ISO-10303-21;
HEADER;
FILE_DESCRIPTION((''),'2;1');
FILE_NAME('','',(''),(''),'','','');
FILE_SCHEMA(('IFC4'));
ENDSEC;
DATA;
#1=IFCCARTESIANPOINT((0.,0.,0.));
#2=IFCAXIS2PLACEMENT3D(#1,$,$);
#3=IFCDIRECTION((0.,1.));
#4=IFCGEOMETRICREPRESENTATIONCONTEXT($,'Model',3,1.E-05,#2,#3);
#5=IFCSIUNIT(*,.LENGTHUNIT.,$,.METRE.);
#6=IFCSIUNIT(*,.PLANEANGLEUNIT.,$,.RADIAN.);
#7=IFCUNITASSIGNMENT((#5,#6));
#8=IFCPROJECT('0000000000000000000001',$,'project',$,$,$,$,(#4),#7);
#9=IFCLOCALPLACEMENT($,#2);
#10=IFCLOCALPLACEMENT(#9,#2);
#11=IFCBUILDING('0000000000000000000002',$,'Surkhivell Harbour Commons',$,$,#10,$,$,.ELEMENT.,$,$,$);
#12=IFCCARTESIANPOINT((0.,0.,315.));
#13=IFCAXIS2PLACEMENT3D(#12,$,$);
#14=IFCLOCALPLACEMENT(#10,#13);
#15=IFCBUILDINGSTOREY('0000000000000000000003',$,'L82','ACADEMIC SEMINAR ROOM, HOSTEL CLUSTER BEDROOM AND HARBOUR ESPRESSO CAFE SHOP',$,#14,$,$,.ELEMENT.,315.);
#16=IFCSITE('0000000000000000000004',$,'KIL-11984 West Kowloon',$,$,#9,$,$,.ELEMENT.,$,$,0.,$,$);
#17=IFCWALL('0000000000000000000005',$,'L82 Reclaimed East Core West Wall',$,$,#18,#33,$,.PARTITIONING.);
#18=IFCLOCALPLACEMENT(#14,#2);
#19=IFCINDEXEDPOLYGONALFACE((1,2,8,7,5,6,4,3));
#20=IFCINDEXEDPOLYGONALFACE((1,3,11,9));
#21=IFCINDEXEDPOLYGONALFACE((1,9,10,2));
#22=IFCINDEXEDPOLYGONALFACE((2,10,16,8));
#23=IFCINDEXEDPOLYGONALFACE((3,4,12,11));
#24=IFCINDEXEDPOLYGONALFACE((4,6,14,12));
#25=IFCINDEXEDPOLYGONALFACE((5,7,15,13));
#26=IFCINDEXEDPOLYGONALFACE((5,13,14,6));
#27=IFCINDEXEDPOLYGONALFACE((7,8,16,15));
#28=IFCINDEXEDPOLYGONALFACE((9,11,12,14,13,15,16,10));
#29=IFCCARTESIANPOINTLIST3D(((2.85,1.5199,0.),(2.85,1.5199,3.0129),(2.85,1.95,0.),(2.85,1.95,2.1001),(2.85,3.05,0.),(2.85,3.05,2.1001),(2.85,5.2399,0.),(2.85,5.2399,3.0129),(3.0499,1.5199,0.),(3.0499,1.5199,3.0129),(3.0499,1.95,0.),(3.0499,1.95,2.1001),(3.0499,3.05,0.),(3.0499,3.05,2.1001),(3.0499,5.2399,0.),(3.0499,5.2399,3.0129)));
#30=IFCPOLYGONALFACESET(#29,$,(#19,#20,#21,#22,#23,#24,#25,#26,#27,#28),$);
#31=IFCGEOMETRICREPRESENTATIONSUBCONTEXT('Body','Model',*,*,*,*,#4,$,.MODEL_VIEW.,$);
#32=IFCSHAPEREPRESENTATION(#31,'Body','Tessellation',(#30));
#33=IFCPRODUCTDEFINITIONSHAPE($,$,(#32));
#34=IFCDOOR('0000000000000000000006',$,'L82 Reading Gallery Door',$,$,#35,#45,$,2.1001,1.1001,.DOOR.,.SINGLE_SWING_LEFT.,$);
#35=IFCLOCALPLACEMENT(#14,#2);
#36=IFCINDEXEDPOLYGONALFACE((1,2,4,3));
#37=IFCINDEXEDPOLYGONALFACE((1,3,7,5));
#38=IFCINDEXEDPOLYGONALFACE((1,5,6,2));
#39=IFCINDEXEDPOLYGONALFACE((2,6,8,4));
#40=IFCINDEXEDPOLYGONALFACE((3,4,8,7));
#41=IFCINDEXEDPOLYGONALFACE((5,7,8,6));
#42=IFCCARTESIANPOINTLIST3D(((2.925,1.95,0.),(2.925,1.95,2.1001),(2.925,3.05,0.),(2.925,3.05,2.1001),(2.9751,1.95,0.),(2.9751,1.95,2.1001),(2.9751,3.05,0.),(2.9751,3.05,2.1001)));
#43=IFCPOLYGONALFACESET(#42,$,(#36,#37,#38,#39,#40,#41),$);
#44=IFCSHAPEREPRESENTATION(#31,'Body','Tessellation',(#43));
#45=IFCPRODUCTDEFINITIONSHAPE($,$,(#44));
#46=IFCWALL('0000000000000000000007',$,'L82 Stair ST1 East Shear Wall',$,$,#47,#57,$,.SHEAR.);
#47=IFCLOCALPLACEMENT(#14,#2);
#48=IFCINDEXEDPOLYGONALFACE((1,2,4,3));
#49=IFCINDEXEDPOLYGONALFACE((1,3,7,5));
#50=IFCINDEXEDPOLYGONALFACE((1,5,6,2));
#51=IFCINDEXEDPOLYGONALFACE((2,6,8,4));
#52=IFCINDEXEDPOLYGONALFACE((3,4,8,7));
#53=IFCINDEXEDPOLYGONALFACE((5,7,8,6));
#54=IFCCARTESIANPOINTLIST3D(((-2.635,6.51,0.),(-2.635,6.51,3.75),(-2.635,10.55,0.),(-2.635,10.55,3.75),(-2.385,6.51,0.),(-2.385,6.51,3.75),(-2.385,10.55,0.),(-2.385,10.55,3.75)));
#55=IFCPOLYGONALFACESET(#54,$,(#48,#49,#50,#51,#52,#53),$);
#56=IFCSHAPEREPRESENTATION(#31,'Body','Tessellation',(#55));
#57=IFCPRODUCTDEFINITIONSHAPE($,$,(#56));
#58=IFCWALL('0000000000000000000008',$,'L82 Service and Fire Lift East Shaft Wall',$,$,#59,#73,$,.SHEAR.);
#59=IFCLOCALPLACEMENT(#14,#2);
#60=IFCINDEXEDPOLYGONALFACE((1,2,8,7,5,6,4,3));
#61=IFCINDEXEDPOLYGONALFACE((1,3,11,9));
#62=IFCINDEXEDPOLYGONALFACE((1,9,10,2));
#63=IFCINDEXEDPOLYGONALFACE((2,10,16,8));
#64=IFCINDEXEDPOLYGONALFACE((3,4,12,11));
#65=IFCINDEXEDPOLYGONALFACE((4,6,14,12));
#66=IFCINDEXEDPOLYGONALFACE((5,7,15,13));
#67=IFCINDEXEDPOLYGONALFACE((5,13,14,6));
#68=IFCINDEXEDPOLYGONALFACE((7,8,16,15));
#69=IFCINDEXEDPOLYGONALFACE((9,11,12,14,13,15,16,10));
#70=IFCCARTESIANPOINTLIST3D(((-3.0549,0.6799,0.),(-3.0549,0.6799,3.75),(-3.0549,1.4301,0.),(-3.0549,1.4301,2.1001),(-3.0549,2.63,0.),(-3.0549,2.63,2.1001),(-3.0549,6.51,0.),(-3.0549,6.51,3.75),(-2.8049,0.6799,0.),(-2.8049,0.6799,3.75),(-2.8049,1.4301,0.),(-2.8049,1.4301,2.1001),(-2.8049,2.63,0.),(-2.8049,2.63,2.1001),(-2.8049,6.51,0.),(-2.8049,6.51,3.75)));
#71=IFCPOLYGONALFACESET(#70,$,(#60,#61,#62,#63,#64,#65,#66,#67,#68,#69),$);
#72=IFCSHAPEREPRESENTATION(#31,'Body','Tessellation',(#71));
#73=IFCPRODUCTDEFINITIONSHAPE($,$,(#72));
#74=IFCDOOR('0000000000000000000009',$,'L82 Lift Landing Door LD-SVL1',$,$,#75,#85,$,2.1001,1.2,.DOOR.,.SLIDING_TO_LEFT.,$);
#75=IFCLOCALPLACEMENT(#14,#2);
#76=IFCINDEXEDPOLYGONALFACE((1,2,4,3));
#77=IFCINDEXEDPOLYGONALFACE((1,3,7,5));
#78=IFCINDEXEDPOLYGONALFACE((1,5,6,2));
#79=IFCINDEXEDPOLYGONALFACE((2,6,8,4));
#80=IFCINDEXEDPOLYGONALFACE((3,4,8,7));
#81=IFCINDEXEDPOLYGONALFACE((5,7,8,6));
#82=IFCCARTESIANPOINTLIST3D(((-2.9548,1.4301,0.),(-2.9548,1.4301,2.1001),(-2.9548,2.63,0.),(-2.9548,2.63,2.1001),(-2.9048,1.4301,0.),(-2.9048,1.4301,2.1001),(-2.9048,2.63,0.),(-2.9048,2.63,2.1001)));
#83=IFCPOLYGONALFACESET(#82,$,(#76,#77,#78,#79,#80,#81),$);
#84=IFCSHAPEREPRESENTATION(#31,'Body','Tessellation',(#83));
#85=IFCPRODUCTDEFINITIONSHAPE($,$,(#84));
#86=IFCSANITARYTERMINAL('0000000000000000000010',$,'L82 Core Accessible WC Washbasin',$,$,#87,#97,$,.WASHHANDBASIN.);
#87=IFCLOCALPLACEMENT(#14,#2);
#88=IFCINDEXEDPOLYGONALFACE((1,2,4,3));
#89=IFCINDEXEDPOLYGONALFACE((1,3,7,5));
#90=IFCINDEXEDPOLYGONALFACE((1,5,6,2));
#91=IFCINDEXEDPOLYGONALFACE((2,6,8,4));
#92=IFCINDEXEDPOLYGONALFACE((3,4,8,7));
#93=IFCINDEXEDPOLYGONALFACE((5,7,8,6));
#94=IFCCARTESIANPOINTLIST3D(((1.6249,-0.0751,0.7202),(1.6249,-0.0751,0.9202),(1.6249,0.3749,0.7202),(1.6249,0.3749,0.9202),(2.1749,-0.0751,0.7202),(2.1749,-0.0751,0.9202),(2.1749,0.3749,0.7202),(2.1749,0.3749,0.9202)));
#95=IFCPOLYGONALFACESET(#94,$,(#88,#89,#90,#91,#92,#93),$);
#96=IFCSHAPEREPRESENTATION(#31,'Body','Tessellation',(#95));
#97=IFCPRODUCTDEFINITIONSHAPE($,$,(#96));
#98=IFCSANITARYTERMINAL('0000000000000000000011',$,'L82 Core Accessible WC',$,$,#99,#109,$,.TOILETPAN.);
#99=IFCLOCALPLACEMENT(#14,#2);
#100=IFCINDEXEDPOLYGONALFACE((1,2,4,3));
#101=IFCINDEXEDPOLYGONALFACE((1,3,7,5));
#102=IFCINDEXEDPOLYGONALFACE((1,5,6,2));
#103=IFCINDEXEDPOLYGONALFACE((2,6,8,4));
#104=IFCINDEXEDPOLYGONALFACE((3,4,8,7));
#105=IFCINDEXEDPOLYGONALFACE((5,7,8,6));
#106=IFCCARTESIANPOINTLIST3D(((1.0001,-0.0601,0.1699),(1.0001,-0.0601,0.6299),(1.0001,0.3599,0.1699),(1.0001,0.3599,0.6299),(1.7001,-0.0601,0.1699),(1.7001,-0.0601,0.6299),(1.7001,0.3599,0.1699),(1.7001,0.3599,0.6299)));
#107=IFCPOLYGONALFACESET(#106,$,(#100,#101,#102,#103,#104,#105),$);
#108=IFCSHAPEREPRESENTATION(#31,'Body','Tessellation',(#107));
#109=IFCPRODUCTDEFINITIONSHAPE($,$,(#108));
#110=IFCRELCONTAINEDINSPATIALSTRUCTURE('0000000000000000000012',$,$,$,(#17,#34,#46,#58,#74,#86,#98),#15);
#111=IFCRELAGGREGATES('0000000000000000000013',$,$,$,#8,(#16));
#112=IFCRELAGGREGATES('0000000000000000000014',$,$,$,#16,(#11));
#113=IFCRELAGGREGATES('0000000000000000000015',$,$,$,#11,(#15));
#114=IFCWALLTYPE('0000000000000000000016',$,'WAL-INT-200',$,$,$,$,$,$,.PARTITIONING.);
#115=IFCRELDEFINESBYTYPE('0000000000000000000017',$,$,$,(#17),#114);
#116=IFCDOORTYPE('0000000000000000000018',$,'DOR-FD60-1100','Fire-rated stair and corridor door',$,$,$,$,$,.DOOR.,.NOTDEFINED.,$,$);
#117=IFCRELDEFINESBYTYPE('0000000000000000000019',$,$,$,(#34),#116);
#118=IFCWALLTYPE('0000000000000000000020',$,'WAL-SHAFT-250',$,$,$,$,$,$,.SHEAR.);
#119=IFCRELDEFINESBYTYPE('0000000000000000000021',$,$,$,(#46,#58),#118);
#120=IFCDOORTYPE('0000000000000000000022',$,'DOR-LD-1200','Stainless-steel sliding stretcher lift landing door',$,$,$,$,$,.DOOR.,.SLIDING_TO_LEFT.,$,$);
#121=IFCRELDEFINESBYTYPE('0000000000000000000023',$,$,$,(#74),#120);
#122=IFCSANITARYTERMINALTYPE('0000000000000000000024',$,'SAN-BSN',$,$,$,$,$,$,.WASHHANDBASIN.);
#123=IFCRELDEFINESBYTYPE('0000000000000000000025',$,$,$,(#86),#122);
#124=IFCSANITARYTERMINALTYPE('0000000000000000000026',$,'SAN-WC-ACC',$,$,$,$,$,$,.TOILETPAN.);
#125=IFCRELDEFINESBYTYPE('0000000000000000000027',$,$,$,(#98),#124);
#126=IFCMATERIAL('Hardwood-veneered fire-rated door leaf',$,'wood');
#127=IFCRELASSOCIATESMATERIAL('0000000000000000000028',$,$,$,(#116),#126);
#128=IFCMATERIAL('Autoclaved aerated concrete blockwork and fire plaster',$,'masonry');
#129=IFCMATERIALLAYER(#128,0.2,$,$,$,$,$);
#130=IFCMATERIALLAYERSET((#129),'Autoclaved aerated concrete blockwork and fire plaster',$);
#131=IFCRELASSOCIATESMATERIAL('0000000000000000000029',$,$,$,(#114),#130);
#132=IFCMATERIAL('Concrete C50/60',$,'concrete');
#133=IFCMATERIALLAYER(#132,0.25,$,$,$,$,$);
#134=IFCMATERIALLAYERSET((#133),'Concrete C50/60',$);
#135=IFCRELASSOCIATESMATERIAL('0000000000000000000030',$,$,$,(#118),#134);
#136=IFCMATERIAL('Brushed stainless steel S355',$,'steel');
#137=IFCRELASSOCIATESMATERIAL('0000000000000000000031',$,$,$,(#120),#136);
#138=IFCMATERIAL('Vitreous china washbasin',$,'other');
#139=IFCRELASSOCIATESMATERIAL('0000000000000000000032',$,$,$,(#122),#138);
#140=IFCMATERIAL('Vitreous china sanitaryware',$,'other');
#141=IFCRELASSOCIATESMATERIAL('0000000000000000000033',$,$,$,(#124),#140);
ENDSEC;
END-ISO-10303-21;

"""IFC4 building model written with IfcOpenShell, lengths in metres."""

from ifc_helpers import new_model, si_unit, direction, frame, frame_2d, origin, origin_2d, place, context, subcontext, project, spatial, rectangle, extrude, material, layer, layer_set, type_object, element, fill, save


model = new_model("IFC4")

# Units and contexts
model_context = context("Model", 3, precision=1e-05, world=origin(), true_north=direction((0.0, 1.0)))
body_context = subcontext(model_context, "Body", "Model", "MODEL_VIEW")
ifc_project = project(units=[si_unit("LENGTHUNIT", "METRE"), si_unit("PLANEANGLEUNIT", "RADIAN")], contexts=[model_context])

# Site, building, storey
site_placement = place(None, origin())
site = spatial("IfcSite", under=ifc_project, at=site_placement, Name="KIL-11984 West Kowloon", CompositionType="ELEMENT", RefElevation=0.0)
building_placement = place(site_placement, origin())
building = spatial("IfcBuilding", under=site, at=building_placement, Name="Surkhivell Harbour Commons", CompositionType="ELEMENT")
storey_placement = place(building_placement, frame((0.0, 0.0, 315.0)))
storey = spatial("IfcBuildingStorey", under=building, at=storey_placement, Name="L82", Description="ACADEMIC SEMINAR ROOM, HOSTEL CLUSTER BEDROOM AND HARBOUR ESPRESSO CAFE SHOP", CompositionType="ELEMENT", Elevation=315.0)

# Shared definitions
ifc_material_1 = material(Name="Concrete C50/60", Category="concrete")
ifc_material_2 = material(Name="Hardwood-veneered fire-rated door leaf", Category="wood")
door_type_1 = type_object("IfcDoorType", Name="DOR-FD60-1100", Description="Fire-rated stair and corridor door", OperationType="NOTDEFINED", PredefinedType="DOOR", material=ifc_material_2)

# Shared definitions
ifc_material_3 = material(Name="Autoclaved aerated concrete blockwork and fire plaster", Category="masonry")
ifc_layer_1 = layer(ifc_material_3, 0.2)
ifc_layer_set_1 = layer_set([ifc_layer_1], Name="Autoclaved aerated concrete blockwork and fire plaster")
wall_type_1 = type_object("IfcWallType", Name="WAL-INT-200", PredefinedType="PARTITIONING", material=ifc_layer_set_1)

# Wall, opening, door
wall_1_placement = place(storey_placement, frame((2.95, 1.52, 0.0), z_axis=(0.0, 0.0, 1.0), x_axis=(0.0, 1.0, 0.0)))
wall_1 = element("IfcWall", 1, at=wall_1_placement, inside=storey, type_object=wall_type_1, Name="L82 Reclaimed East Core West Wall", PredefinedType="PARTITIONING", context=body_context, shape_type="SweptSolid", body=[
    extrude(rectangle(XDim=3.72, YDim=0.2, at=frame_2d((1.8599, 0.0))), origin(), (0.0, 0.0, 1.0), 3.0129),
])
opening_1_placement = place(wall_1_placement, frame((0.4299, 0.0, 0.0)))
opening_1 = element("IfcOpeningElement", 2, at=opening_1_placement, cuts=wall_1, PredefinedType="OPENING", context=body_context, shape_type="SweptSolid", body=[
    extrude(rectangle(XDim=1.1001, YDim=2.1001, at=frame_2d((0.55, 1.05))), frame((0.0, 0.1099, 0.0), z_axis=(0.0, -1.0, 0.0), x_axis=(1.0, 0.0, 0.0)), (0.0, 0.0, 1.0), 0.22),
])
door_1_placement = place(opening_1_placement, origin())
door_1 = element("IfcDoor", 3, at=door_1_placement, inside=storey, type_object=door_type_1, Name="L82 Reading Gallery Door", OperationType="SINGLE_SWING_LEFT", OverallHeight=2.1001, OverallWidth=1.1001, PredefinedType="DOOR", context=body_context, shape_type="SweptSolid", body=[
    extrude(rectangle(XDim=1.1001, YDim=2.1001, at=frame_2d((0.55, 1.05))), frame((0.0, 0.0249, 0.0), z_axis=(0.0, -1.0, 0.0), x_axis=(1.0, 0.0, 0.0)), (0.0, 0.0, 1.0), 0.05),
])
fill(opening_1, door_1)

# Wall
ifc_layer_2 = layer(ifc_material_1, 0.25)
ifc_layer_set_2 = layer_set([ifc_layer_2], Name="Concrete C50/60")
wall_type_2 = type_object("IfcWallType", Name="WAL-SHAFT-250", PredefinedType="SHEAR", material=ifc_layer_set_2)
wall_2_placement = place(storey_placement, frame((-2.51, 6.51, 0.0), z_axis=(0.0, 0.0, 1.0), x_axis=(0.0, 1.0, 0.0)))
element("IfcWall", 4, at=wall_2_placement, inside=storey, type_object=wall_type_2, Name="L82 Stair ST1 East Shear Wall", PredefinedType="SHEAR", context=body_context, shape_type="SweptSolid", body=[
    extrude(rectangle(XDim=4.04, YDim=0.25, at=frame_2d((2.02, 0.0))), origin(), (0.0, 0.0, 1.0), 3.75),
])

# Wall, opening, door
wall_3_placement = place(storey_placement, frame((-2.9299, 0.6799, 0.0), z_axis=(0.0, 0.0, 1.0), x_axis=(0.0, 1.0, 0.0)))
wall_3 = element("IfcWall", 5, at=wall_3_placement, inside=storey, type_object=wall_type_2, Name="L82 Service and Fire Lift East Shaft Wall", PredefinedType="SHEAR", context=body_context, shape_type="SweptSolid", body=[
    extrude(rectangle(XDim=5.8301, YDim=0.25, at=frame_2d((2.915, 0.0))), origin(), (0.0, 0.0, 1.0), 3.75),
])
opening_2_placement = place(wall_3_placement, frame((0.75, 0.0, 0.0)))
opening_2 = element("IfcOpeningElement", 6, at=opening_2_placement, cuts=wall_3, PredefinedType="OPENING", context=body_context, shape_type="SweptSolid", body=[
    extrude(rectangle(XDim=1.2, YDim=2.1001, at=frame_2d((0.6001, 1.05))), frame((0.0, 0.135, 0.0), z_axis=(0.0, -1.0, 0.0), x_axis=(1.0, 0.0, 0.0)), (0.0, 0.0, 1.0), 0.27),
])
ifc_material_4 = material(Name="Brushed stainless steel S355", Category="steel")
door_type_2 = type_object("IfcDoorType", Name="DOR-LD-1200", Description="Stainless-steel sliding stretcher lift landing door", OperationType="SLIDING_TO_LEFT", PredefinedType="DOOR", material=ifc_material_4)
door_2_placement = place(opening_2_placement, origin())
door_2 = element("IfcDoor", 7, at=door_2_placement, inside=storey, type_object=door_type_2, Name="L82 Lift Landing Door LD-SVL1", OperationType="SLIDING_TO_LEFT", OverallHeight=2.1001, OverallWidth=1.2, PredefinedType="DOOR", context=body_context, shape_type="SweptSolid", body=[
    extrude(rectangle(XDim=1.2, YDim=2.1001, at=frame_2d((0.6001, 1.05))), frame((0.0, 0.0249, 0.0), z_axis=(0.0, -1.0, 0.0), x_axis=(1.0, 0.0, 0.0)), (0.0, 0.0, 1.0), 0.05),
])
fill(opening_2, door_2)

# Sanitary terminals
ifc_material_5 = material(Name="Vitreous china washbasin", Category="other")
sanitary_terminal_type_1 = type_object("IfcSanitaryTerminalType", Name="SAN-BSN", PredefinedType="WASHHANDBASIN", material=ifc_material_5)
sanitary_terminal_1_placement = place(storey_placement, frame((1.8999, 0.1499, 0.7202), z_axis=(0.0, 0.0, 1.0), x_axis=(1.0, 0.0, 0.0)))
element("IfcSanitaryTerminal", 8, at=sanitary_terminal_1_placement, inside=storey, type_object=sanitary_terminal_type_1, Name="L82 Core Accessible WC Washbasin", PredefinedType="WASHHANDBASIN", context=body_context, shape_type="SweptSolid", body=[
    extrude(rectangle(XDim=0.55, YDim=0.45, at=origin_2d()), origin(), (0.0, 0.0, 1.0), 0.2),
])
ifc_material_6 = material(Name="Vitreous china sanitaryware", Category="other")
sanitary_terminal_type_2 = type_object("IfcSanitaryTerminalType", Name="SAN-WC-ACC", PredefinedType="TOILETPAN", material=ifc_material_6)
sanitary_terminal_2_placement = place(storey_placement, frame((1.3501, 0.1499, 0.1699), z_axis=(0.0, 0.0, 1.0), x_axis=(1.0, 0.0, 0.0)))
element("IfcSanitaryTerminal", 9, at=sanitary_terminal_2_placement, inside=storey, type_object=sanitary_terminal_type_2, Name="L82 Core Accessible WC", PredefinedType="TOILETPAN", context=body_context, shape_type="SweptSolid", body=[
    extrude(rectangle(XDim=0.7, YDim=0.4199, at=origin_2d()), origin(), (0.0, 0.0, 1.0), 0.46),
])

save(model, "model.ifc")
